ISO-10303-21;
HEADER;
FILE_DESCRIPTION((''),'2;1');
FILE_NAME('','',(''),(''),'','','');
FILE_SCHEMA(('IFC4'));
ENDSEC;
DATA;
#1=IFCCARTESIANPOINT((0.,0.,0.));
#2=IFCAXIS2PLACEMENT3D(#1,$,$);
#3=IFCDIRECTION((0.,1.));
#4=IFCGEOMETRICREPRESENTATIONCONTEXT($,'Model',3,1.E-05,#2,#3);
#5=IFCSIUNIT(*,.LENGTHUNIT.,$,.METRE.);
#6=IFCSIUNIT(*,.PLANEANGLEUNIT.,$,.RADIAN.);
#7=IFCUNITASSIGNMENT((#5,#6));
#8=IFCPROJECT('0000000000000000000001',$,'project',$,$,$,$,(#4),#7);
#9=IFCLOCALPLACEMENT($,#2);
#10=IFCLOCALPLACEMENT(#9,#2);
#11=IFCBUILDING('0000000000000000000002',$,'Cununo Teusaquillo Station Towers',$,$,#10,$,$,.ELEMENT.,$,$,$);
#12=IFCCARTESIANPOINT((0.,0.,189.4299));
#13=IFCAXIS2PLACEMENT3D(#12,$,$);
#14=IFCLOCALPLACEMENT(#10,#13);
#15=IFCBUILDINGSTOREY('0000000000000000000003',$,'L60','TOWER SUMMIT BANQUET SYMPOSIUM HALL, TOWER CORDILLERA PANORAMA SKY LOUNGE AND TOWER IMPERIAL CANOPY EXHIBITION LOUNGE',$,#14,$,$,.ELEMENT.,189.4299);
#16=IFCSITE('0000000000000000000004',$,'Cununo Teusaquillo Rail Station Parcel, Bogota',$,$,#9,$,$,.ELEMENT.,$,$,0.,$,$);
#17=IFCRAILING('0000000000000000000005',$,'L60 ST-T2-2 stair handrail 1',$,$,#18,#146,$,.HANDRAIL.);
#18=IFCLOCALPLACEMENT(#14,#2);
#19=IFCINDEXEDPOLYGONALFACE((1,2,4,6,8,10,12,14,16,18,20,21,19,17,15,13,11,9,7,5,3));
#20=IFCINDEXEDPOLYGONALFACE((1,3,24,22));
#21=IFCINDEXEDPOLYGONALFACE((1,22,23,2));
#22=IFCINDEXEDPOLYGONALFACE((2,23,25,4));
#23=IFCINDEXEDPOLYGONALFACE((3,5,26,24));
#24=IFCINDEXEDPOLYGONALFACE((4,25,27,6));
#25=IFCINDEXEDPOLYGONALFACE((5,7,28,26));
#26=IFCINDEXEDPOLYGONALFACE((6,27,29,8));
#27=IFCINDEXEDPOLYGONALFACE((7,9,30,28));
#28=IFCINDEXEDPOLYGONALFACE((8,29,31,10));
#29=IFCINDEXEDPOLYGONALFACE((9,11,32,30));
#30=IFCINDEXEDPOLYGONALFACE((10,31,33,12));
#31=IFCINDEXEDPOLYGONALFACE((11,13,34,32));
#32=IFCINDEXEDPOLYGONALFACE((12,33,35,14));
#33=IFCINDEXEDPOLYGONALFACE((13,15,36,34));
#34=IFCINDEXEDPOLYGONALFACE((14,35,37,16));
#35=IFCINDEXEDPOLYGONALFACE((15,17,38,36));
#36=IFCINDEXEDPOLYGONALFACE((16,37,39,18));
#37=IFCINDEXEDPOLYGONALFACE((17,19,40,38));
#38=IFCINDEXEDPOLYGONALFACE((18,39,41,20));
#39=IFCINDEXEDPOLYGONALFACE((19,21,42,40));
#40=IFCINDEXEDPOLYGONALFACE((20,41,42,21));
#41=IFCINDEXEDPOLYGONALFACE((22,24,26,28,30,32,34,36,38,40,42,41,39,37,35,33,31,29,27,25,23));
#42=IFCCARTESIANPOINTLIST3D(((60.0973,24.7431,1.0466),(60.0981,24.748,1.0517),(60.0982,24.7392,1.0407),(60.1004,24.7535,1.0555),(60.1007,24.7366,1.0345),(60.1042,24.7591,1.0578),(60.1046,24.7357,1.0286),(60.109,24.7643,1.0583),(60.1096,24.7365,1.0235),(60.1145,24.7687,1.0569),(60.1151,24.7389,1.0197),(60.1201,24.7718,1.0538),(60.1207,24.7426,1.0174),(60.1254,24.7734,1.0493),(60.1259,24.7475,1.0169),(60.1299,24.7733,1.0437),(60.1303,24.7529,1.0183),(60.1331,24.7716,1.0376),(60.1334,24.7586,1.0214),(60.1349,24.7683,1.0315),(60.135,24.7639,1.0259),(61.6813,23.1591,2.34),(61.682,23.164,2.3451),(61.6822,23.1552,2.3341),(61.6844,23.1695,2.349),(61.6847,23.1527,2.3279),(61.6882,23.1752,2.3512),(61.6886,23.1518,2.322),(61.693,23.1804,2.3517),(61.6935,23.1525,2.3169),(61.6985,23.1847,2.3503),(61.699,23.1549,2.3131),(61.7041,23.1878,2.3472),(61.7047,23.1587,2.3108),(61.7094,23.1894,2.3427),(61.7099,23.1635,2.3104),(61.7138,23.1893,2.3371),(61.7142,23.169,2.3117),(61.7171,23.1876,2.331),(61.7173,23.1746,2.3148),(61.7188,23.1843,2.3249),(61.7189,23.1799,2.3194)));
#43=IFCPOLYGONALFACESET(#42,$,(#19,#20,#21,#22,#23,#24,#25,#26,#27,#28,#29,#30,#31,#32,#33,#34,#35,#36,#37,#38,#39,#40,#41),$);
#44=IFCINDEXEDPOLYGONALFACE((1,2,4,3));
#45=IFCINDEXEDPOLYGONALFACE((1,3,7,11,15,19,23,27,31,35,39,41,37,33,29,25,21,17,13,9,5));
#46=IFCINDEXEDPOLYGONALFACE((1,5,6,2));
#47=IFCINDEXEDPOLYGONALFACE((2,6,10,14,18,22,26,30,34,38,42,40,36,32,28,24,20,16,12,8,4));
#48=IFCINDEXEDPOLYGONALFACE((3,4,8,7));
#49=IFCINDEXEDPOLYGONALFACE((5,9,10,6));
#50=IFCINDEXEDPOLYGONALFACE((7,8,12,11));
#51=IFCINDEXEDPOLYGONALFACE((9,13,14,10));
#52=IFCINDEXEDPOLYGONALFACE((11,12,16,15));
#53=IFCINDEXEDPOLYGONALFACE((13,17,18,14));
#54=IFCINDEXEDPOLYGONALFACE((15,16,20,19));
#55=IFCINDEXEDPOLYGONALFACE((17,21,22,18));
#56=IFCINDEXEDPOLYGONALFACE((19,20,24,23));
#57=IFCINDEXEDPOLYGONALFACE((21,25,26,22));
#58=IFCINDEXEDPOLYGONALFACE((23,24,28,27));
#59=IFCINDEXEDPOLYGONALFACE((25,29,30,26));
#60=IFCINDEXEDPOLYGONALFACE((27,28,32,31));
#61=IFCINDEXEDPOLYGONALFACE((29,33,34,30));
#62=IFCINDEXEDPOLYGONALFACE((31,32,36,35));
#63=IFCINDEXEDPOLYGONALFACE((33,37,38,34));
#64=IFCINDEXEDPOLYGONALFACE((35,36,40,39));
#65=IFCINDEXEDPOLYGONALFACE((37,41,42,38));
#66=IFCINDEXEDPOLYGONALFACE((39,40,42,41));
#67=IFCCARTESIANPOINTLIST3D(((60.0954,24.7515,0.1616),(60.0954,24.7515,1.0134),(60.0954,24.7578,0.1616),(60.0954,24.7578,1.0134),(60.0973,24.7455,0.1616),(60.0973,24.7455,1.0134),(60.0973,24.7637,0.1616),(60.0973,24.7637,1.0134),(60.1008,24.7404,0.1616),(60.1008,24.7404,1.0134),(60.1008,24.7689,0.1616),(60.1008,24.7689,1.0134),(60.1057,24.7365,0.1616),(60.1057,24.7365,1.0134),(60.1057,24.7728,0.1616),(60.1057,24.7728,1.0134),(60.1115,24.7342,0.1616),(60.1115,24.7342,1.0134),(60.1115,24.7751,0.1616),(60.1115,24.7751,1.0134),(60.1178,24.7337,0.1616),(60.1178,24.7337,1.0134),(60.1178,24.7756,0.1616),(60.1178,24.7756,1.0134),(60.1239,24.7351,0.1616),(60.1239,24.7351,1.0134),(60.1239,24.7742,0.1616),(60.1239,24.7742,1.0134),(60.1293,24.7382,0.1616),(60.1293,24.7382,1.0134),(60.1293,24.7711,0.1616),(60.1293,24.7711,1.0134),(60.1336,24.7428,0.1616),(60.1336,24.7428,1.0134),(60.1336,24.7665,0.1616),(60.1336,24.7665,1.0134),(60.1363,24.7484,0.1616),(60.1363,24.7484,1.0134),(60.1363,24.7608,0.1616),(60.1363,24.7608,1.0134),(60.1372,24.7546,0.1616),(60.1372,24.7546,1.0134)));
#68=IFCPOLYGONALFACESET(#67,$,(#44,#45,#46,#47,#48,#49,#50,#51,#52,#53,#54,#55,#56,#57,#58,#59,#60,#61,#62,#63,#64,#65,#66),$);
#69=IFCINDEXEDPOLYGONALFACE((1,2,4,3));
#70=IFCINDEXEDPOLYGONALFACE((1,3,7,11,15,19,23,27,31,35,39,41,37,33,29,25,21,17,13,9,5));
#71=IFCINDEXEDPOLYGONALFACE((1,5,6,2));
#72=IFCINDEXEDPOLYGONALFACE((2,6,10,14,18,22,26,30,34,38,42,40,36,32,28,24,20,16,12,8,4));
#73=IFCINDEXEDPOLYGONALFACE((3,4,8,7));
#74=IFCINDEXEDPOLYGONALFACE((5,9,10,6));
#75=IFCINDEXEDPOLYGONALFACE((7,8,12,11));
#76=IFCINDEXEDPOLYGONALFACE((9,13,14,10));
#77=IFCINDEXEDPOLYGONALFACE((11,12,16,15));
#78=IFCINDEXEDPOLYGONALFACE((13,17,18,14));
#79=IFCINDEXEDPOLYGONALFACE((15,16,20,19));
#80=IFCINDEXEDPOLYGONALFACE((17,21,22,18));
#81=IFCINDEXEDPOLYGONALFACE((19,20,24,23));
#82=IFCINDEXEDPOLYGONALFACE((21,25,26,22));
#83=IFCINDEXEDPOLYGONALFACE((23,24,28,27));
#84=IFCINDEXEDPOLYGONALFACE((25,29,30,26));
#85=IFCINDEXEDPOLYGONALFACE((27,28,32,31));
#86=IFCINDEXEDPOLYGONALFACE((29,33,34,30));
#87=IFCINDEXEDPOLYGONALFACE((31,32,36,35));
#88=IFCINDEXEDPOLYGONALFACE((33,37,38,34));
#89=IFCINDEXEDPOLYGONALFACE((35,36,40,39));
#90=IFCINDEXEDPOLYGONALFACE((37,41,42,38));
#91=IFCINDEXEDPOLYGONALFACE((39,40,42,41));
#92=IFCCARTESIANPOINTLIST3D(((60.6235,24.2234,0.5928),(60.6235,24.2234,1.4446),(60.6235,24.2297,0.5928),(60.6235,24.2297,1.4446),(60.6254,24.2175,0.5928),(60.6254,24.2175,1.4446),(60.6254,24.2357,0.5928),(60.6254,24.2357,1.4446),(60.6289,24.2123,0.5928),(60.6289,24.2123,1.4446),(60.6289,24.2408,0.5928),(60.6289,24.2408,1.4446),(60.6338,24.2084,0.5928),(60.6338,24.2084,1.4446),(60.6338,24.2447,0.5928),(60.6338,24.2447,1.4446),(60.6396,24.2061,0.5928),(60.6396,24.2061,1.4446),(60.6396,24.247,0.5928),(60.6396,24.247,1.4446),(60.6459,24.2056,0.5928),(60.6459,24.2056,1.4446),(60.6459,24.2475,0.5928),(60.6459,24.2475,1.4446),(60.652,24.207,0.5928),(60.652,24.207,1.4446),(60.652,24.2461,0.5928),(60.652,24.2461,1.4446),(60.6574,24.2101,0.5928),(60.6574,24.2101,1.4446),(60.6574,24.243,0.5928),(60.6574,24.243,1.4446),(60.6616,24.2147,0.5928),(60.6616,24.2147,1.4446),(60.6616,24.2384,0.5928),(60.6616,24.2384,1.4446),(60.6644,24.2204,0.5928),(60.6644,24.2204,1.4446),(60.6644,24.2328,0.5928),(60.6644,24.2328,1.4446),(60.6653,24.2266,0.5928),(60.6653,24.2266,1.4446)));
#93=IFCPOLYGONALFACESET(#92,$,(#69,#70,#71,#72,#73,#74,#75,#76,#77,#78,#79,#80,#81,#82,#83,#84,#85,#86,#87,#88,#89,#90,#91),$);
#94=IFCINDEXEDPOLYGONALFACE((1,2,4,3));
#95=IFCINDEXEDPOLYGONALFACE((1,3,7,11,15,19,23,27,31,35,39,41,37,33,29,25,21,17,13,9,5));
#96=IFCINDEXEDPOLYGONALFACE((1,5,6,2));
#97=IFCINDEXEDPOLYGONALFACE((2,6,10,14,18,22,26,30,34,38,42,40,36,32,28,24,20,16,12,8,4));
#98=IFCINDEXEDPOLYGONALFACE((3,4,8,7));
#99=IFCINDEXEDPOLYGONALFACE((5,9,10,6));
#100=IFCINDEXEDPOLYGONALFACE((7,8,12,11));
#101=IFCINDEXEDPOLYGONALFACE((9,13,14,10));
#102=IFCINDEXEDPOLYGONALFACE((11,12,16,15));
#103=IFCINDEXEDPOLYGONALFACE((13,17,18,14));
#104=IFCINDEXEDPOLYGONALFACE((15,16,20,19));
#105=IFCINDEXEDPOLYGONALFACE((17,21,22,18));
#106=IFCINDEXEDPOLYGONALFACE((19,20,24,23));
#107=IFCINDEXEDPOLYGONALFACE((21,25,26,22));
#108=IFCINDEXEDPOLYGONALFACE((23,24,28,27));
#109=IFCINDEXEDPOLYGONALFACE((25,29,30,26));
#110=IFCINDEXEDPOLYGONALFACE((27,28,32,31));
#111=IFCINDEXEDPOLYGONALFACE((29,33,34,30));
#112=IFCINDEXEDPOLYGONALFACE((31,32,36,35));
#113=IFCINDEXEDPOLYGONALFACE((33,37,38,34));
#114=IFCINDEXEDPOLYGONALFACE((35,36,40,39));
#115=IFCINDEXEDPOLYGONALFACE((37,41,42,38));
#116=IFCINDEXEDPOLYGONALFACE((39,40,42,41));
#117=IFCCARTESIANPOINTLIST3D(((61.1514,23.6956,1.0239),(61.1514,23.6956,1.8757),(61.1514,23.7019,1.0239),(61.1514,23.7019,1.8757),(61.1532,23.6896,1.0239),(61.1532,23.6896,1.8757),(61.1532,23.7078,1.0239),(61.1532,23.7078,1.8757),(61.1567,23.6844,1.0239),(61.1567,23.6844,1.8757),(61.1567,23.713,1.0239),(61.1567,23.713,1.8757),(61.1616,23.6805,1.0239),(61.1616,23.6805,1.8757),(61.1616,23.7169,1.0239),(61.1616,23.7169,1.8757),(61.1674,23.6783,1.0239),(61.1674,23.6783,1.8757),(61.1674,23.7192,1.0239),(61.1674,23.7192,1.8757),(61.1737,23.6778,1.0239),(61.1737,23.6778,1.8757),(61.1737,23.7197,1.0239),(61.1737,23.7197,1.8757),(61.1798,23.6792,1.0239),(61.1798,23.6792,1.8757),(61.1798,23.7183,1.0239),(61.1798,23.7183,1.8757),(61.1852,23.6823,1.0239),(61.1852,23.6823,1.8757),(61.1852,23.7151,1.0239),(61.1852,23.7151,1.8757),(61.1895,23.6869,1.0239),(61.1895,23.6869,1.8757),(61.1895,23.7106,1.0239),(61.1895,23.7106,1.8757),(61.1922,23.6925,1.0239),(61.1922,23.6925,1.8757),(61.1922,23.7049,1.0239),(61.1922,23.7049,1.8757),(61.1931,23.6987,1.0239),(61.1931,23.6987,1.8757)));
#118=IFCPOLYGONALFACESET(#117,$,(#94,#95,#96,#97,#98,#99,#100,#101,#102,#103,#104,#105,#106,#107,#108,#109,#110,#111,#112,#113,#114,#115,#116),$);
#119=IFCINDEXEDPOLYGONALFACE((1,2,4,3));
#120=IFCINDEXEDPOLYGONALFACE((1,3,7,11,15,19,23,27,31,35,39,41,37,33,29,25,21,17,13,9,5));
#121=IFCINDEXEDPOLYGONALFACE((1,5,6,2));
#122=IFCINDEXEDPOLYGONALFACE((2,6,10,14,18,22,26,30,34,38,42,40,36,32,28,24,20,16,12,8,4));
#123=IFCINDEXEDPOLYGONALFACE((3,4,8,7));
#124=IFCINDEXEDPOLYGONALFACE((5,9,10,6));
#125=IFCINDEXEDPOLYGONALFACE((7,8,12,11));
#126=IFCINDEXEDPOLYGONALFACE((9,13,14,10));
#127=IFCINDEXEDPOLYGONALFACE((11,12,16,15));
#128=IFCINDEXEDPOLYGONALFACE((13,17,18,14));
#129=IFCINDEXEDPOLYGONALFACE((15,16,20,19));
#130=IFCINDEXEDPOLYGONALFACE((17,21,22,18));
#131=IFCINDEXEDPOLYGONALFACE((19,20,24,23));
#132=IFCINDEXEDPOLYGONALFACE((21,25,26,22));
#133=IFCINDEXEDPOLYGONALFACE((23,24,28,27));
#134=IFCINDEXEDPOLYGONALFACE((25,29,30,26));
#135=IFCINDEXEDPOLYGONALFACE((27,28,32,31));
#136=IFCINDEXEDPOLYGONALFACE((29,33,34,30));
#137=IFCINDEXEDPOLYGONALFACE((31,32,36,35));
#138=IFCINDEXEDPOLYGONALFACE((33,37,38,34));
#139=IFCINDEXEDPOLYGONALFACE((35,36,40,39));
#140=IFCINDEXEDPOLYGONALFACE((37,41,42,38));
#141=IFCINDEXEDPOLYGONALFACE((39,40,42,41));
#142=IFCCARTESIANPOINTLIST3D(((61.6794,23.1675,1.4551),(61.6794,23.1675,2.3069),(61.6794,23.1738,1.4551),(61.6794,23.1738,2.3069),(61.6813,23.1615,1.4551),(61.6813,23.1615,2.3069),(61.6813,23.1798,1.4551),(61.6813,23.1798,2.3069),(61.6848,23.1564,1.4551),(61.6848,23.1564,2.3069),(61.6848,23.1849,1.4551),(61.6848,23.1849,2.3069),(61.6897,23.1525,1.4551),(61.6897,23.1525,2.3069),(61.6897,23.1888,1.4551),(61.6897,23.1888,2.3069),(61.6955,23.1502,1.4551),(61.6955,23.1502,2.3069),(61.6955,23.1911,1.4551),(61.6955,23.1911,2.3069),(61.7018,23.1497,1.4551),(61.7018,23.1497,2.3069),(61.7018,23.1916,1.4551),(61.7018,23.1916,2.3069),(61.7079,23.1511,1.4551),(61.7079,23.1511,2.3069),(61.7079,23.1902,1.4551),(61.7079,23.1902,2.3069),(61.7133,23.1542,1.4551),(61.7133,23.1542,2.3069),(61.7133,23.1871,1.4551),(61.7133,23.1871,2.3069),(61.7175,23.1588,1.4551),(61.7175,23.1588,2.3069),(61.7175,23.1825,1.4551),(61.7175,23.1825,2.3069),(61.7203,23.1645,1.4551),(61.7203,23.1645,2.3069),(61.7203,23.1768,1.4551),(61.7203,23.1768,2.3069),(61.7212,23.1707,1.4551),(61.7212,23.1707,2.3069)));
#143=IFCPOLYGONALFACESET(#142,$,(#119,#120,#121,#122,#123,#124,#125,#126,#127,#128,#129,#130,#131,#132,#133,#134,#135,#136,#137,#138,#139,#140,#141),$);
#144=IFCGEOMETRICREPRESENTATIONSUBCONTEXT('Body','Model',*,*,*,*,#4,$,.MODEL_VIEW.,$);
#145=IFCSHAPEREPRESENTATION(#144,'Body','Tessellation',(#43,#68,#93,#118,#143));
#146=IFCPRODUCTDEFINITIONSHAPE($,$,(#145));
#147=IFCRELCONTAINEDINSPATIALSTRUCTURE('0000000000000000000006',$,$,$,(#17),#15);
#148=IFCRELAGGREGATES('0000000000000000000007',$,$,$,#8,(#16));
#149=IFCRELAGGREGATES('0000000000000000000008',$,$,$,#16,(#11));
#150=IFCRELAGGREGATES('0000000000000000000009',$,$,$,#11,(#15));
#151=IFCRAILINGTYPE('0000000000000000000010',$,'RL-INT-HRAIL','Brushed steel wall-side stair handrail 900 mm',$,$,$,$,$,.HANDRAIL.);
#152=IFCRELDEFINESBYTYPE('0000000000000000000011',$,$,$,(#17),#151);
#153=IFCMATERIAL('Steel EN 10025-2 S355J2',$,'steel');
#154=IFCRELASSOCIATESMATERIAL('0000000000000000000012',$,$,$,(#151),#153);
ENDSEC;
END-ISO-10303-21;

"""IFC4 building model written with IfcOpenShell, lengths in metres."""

from ifc_helpers import new_model, si_unit, direction, frame, origin, origin_2d, place, context, subcontext, project, spatial, circle, extrude, material, type_object, element, save


model = new_model("IFC4")

# Units and contexts
model_context = context("Model", 3, precision=1e-05, world=origin(), true_north=direction((0.0, 1.0)))
body_context = subcontext(model_context, "Body", "Model", "MODEL_VIEW")
ifc_project = project(units=[si_unit("LENGTHUNIT", "METRE"), si_unit("PLANEANGLEUNIT", "RADIAN")], contexts=[model_context])

# Site, building, storey
site_placement = place(None, origin())
site = spatial("IfcSite", under=ifc_project, at=site_placement, Name="Cununo Teusaquillo Rail Station Parcel, Bogota", CompositionType="ELEMENT", RefElevation=0.0)
building_placement = place(site_placement, origin())
building = spatial("IfcBuilding", under=site, at=building_placement, Name="Cununo Teusaquillo Station Towers", CompositionType="ELEMENT")
storey_placement = place(building_placement, frame((0.0, 0.0, 189.4299)))
storey = spatial("IfcBuildingStorey", under=building, at=storey_placement, Name="L60", Description="TOWER SUMMIT BANQUET SYMPOSIUM HALL, TOWER CORDILLERA PANORAMA SKY LOUNGE AND TOWER IMPERIAL CANOPY EXHIBITION LOUNGE", CompositionType="ELEMENT", Elevation=189.4299)

# Railing
ifc_material_1 = material(Name="Steel EN 10025-2 S355J2", Category="steel")
railing_type_1 = type_object("IfcRailingType", Name="RL-INT-HRAIL", Description="Brushed steel wall-side stair handrail 900 mm", PredefinedType="HANDRAIL", material=ifc_material_1)
railing_1_placement = place(storey_placement, frame((60.1162, 24.7546, 0.1616)))
element("IfcRailing", 1, at=railing_1_placement, inside=storey, type_object=railing_type_1, Name="L60 ST-T2-2 stair handrail 1", PredefinedType="HANDRAIL", context=body_context, shape_type="SweptSolid", body=[
    extrude(circle(Radius=0.0239, at=origin_2d()), frame((0.0, 0.0, 0.876), z_axis=(0.612356, -0.612356, 0.50004), x_axis=(0.707107, 0.707107, 0.0)), (0.0, 0.0, 1.0), 2.5867),
    extrude(circle(Radius=0.021, at=origin_2d()), origin(), (0.0, 0.0, 1.0), 0.8518),
    extrude(circle(Radius=0.021, at=origin_2d()), frame((0.5281, -0.5281, 0.4312)), (0.0, 0.0, 1.0), 0.8518),
    extrude(circle(Radius=0.021, at=origin_2d()), frame((1.0559, -1.0559, 0.8623)), (0.0, 0.0, 1.0), 0.8518),
    extrude(circle(Radius=0.021, at=origin_2d()), frame((1.584, -1.584, 1.2935)), (0.0, 0.0, 1.0), 0.8518),
])

save(model, "model.ifc")
